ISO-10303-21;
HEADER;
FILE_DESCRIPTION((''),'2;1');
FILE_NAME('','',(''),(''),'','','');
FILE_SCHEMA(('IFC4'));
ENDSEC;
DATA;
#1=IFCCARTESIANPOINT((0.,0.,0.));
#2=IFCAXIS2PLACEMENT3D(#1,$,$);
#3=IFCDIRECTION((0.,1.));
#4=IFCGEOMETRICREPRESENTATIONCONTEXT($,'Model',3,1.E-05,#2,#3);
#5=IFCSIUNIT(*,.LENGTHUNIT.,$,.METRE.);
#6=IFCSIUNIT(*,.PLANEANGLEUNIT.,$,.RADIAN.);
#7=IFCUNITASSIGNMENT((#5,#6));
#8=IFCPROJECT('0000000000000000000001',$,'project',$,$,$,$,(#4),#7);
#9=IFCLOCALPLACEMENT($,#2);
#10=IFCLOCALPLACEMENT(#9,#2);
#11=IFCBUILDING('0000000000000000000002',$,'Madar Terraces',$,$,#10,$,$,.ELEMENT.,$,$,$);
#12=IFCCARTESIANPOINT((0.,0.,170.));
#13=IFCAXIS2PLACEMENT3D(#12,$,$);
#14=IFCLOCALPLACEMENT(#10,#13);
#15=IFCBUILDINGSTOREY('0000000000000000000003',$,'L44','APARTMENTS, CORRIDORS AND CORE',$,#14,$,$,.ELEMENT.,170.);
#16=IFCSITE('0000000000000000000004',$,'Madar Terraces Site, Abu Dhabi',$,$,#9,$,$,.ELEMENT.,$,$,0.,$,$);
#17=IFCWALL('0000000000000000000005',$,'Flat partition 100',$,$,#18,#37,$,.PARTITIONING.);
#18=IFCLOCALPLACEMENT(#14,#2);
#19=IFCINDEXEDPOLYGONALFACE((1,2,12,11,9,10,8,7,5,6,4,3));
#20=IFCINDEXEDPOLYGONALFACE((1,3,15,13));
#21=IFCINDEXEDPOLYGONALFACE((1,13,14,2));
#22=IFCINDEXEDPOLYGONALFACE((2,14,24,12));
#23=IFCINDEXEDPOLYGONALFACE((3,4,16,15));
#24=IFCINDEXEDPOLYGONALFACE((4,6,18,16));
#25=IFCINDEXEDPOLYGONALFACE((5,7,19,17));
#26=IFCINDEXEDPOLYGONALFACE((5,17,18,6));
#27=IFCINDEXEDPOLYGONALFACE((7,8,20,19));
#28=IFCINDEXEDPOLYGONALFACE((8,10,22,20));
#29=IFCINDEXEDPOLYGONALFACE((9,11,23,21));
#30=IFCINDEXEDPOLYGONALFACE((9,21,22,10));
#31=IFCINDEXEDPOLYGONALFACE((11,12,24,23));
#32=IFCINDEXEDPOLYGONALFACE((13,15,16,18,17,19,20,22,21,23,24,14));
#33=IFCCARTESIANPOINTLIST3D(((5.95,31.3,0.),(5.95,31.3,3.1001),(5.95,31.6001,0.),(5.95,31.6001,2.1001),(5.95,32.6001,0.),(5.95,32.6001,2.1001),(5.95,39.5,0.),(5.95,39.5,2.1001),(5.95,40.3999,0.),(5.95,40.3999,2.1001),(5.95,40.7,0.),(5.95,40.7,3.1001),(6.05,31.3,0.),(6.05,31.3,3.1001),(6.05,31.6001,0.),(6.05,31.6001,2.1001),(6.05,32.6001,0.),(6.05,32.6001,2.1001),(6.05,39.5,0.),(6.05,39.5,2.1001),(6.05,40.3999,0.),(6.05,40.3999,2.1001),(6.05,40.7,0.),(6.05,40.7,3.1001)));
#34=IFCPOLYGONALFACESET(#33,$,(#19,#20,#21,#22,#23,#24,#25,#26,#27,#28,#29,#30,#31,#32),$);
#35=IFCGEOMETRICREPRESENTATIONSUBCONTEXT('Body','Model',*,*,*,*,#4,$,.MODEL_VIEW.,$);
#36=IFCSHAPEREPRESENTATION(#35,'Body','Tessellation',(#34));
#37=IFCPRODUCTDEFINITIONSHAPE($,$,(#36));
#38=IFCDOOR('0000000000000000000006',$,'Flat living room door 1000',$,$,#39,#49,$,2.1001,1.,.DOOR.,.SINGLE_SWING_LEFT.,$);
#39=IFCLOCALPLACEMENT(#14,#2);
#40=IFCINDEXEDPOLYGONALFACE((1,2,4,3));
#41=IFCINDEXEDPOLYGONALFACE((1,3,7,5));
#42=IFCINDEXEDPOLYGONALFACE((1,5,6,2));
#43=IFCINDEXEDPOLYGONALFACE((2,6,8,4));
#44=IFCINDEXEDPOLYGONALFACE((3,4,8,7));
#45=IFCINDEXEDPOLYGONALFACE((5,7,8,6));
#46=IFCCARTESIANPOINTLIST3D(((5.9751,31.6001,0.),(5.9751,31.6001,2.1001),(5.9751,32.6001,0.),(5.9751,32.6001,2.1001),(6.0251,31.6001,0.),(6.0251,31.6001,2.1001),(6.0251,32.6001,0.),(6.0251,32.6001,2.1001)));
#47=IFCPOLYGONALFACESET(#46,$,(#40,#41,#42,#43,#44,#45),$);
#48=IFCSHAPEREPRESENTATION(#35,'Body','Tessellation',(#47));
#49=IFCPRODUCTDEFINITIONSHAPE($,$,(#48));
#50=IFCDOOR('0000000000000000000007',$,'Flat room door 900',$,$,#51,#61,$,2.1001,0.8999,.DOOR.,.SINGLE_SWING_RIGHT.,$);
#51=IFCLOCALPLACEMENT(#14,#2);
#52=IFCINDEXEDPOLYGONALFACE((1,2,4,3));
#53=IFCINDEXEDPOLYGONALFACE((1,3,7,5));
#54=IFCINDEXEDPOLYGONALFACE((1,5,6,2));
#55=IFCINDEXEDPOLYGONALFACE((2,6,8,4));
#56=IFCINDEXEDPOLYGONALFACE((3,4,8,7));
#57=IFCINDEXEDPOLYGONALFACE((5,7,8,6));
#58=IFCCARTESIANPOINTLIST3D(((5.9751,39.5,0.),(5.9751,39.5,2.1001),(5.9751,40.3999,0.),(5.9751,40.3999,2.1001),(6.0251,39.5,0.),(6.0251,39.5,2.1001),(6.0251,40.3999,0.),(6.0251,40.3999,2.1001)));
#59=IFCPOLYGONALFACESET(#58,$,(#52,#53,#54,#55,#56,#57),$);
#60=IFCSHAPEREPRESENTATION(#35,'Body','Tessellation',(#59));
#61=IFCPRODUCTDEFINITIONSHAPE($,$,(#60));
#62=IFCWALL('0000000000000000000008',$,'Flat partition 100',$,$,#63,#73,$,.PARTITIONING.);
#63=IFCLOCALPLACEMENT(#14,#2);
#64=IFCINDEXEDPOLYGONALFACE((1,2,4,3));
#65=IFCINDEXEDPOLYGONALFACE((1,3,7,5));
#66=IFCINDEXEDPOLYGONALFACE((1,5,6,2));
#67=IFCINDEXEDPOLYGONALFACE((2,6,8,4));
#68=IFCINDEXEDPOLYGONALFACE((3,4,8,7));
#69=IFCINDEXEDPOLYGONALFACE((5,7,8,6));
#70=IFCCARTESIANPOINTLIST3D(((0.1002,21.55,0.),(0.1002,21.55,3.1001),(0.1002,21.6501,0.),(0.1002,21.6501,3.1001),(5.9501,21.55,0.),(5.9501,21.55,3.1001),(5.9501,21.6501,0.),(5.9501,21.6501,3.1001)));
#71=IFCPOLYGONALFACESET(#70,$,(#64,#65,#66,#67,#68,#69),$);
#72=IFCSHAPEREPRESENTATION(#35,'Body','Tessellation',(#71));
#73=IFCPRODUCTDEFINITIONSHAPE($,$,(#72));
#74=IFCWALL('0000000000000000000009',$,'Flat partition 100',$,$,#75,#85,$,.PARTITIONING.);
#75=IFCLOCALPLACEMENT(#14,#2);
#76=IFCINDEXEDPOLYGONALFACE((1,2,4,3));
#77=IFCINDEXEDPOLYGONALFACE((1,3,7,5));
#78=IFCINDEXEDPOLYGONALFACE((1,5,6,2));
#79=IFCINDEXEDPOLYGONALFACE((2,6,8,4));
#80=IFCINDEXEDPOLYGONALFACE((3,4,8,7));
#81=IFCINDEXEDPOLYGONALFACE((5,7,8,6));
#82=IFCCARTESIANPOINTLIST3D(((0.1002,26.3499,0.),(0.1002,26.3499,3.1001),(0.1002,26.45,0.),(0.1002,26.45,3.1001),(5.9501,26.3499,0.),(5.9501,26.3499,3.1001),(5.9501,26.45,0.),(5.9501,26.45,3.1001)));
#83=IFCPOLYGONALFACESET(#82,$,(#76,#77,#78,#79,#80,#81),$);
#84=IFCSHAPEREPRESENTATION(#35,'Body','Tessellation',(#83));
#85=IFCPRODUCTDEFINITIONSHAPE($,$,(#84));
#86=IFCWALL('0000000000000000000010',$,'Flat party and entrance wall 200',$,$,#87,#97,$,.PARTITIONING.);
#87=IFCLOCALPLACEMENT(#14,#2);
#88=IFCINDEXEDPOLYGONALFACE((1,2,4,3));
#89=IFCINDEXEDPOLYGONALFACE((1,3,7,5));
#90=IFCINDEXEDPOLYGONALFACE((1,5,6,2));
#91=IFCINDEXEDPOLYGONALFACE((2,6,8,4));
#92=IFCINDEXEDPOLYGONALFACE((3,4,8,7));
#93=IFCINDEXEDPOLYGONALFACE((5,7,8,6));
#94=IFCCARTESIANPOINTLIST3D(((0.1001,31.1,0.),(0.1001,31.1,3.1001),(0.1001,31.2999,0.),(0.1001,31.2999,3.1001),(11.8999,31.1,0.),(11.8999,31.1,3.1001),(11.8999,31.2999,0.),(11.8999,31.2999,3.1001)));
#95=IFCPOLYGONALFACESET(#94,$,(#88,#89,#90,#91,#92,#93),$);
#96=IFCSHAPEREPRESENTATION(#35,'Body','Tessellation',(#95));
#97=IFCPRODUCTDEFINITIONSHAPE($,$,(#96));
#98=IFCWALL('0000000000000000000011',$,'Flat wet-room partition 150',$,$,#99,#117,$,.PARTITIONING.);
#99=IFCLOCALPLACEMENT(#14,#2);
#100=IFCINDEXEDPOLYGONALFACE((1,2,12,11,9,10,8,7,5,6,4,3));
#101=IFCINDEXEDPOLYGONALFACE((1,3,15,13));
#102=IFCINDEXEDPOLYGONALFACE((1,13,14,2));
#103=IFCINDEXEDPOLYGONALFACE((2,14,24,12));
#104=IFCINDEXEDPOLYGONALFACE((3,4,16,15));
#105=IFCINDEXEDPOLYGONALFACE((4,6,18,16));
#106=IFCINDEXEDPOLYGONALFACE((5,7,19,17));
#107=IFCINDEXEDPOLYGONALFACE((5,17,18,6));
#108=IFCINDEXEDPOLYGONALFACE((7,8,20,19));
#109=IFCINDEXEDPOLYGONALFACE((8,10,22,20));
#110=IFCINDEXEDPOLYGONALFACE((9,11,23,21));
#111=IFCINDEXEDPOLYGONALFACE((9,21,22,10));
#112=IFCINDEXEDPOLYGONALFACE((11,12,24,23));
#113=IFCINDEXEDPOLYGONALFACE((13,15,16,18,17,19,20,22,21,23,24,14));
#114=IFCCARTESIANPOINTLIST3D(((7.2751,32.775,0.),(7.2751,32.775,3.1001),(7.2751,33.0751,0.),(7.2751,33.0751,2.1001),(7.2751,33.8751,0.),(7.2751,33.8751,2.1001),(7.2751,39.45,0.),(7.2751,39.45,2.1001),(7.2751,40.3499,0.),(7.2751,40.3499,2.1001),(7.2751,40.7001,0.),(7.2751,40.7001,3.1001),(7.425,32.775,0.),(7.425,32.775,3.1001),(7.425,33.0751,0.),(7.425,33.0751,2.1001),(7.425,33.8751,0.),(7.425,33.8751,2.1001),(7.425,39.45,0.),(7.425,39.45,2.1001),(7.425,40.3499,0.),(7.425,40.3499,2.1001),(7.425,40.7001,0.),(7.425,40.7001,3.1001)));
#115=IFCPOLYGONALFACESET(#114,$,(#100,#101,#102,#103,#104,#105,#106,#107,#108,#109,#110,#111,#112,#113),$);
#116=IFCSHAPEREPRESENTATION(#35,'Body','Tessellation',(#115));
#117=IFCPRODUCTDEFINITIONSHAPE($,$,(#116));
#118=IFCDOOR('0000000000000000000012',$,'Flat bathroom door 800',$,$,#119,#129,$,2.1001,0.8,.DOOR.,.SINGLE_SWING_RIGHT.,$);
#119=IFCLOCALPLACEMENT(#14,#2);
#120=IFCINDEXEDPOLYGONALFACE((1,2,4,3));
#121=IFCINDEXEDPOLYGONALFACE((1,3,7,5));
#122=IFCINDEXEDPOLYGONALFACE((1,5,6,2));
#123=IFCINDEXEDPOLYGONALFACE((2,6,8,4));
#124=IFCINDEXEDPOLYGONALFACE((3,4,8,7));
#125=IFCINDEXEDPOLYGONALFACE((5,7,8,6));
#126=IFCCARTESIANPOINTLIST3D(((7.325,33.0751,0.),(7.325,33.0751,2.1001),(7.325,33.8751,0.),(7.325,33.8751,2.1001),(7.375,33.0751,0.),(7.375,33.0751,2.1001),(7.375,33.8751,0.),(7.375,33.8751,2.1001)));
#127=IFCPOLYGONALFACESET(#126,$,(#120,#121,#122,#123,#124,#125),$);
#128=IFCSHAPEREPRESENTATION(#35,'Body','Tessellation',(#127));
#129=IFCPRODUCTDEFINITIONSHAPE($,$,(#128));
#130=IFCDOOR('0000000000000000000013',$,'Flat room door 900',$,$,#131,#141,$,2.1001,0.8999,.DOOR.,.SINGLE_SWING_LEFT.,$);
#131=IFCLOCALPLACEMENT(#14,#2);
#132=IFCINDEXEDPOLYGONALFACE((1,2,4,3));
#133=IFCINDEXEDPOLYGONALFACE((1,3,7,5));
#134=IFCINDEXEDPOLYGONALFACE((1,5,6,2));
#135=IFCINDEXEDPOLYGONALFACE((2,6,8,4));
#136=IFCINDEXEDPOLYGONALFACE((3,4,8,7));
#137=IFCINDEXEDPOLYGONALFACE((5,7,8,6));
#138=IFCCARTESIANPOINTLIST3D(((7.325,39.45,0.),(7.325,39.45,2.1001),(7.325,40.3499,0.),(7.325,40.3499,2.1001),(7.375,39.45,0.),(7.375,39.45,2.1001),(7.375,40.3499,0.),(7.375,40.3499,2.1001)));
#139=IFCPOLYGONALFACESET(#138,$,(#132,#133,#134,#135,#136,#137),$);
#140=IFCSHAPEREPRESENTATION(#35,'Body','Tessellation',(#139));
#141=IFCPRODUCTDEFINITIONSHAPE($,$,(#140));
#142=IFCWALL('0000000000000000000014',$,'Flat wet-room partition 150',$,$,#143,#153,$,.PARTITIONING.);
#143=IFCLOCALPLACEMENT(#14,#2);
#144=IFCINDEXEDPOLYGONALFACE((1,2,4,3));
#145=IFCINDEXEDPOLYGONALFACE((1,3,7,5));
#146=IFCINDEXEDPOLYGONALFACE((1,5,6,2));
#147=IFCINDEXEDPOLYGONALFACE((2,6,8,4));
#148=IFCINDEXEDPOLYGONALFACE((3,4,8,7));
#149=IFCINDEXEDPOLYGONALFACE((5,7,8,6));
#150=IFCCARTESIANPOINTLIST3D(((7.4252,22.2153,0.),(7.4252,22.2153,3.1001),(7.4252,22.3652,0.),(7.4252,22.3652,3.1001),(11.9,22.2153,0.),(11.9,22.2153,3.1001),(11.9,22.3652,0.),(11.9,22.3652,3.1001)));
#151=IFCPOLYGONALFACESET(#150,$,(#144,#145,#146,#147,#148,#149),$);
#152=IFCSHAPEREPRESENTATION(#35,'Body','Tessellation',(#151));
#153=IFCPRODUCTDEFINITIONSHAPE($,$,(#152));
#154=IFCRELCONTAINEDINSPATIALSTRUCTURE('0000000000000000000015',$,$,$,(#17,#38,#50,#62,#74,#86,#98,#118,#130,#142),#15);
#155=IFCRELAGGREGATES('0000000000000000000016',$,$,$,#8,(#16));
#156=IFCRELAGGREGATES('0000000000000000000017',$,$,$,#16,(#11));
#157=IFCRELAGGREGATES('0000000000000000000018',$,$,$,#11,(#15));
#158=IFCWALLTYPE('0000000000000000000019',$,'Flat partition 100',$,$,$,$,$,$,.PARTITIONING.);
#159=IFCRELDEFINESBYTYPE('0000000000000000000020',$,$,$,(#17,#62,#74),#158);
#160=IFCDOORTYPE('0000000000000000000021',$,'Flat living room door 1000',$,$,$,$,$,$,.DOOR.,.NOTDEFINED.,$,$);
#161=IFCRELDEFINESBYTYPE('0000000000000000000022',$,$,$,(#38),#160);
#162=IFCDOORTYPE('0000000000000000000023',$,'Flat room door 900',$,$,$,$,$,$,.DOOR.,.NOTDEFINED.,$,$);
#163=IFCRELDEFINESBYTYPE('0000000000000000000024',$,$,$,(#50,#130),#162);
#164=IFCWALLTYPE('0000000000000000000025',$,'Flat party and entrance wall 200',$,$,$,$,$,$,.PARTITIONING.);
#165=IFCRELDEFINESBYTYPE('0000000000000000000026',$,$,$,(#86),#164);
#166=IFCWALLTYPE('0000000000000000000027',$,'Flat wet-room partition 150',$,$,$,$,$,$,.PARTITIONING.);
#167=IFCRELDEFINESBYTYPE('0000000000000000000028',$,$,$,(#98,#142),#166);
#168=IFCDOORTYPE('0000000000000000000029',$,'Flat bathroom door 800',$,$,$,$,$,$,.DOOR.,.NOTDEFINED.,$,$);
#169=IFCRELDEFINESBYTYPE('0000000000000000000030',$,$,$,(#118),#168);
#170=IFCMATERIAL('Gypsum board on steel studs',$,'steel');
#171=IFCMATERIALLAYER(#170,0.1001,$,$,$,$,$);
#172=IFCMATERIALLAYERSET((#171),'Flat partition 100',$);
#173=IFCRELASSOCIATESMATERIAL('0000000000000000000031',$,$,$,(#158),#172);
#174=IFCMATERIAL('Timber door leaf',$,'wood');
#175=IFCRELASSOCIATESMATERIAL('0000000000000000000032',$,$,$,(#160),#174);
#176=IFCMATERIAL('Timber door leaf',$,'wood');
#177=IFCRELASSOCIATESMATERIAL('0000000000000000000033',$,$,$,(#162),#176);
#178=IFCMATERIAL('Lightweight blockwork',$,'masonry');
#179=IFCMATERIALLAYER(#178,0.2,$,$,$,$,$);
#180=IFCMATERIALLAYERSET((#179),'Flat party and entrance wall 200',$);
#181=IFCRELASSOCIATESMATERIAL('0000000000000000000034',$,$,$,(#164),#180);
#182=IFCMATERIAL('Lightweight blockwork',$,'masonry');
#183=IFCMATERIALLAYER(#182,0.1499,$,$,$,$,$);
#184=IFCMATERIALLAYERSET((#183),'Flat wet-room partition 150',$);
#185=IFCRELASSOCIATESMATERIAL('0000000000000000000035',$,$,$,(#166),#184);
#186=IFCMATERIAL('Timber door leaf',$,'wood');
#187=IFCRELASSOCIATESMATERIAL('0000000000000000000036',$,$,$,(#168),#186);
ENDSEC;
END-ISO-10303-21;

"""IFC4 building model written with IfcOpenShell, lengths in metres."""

from ifc_helpers import new_model, si_unit, direction, frame, frame_2d, origin, place, context, subcontext, project, spatial, rectangle, extrude, material, layer, layer_set, type_object, element, fill, save


model = new_model("IFC4")

# Units and contexts
model_context = context("Model", 3, precision=1e-05, world=origin(), true_north=direction((0.0, 1.0)))
body_context = subcontext(model_context, "Body", "Model", "MODEL_VIEW")
ifc_project = project(units=[si_unit("LENGTHUNIT", "METRE"), si_unit("PLANEANGLEUNIT", "RADIAN")], contexts=[model_context])

# Site, building, storey
site_placement = place(None, origin())
site = spatial("IfcSite", under=ifc_project, at=site_placement, Name="Madar Terraces Site, Abu Dhabi", CompositionType="ELEMENT", RefElevation=0.0)
building_placement = place(site_placement, origin())
building = spatial("IfcBuilding", under=site, at=building_placement, Name="Madar Terraces", CompositionType="ELEMENT")
storey_placement = place(building_placement, frame((0.0, 0.0, 170.0)))
storey = spatial("IfcBuildingStorey", under=building, at=storey_placement, Name="L44", Description="APARTMENTS, CORRIDORS AND CORE", CompositionType="ELEMENT", Elevation=170.0)

# Shared definitions
ifc_material_1 = material(Name="Gypsum board on steel studs", Category="steel")
ifc_layer_1 = layer(ifc_material_1, 0.1001)
ifc_layer_set_1 = layer_set([ifc_layer_1], Name="Flat partition 100")
wall_type_1 = type_object("IfcWallType", Name="Flat partition 100", PredefinedType="PARTITIONING", material=ifc_layer_set_1)

# Wall, openings, doors
wall_1_placement = place(storey_placement, frame((6.0, 31.3, 0.0), z_axis=(0.0, 0.0, 1.0), x_axis=(0.0, 1.0, 0.0)))
wall_1 = element("IfcWall", 1, at=wall_1_placement, inside=storey, type_object=wall_type_1, Name="Flat partition 100", PredefinedType="PARTITIONING", context=body_context, shape_type="SweptSolid", body=[
    extrude(rectangle(XDim=9.3999, YDim=0.1001, at=frame_2d((4.7, 0.0))), origin(), (0.0, 0.0, 1.0), 3.1001),
])
opening_1_placement = place(wall_1_placement, frame((0.3, 0.0, 0.0)))
opening_1 = element("IfcOpeningElement", 2, at=opening_1_placement, cuts=wall_1, PredefinedType="OPENING", context=body_context, shape_type="SweptSolid", body=[
    extrude(rectangle(XDim=1.0, YDim=2.1001, at=frame_2d((0.5, 1.05))), frame((0.0, 0.0601, 0.0), z_axis=(0.0, -1.0, 0.0), x_axis=(1.0, 0.0, 0.0)), (0.0, 0.0, 1.0), 0.1201),
])
opening_2_placement = place(wall_1_placement, frame((8.2, 0.0, 0.0)))
opening_2 = element("IfcOpeningElement", 3, at=opening_2_placement, cuts=wall_1, PredefinedType="OPENING", context=body_context, shape_type="SweptSolid", body=[
    extrude(rectangle(XDim=0.8999, YDim=2.1001, at=frame_2d((0.45, 1.05))), frame((0.0, 0.0601, 0.0), z_axis=(0.0, -1.0, 0.0), x_axis=(1.0, 0.0, 0.0)), (0.0, 0.0, 1.0), 0.1201),
])
ifc_material_2 = material(Name="Timber door leaf", Category="wood")
door_type_1 = type_object("IfcDoorType", Name="Flat living room door 1000", OperationType="NOTDEFINED", PredefinedType="DOOR", material=ifc_material_2)
door_1_placement = place(opening_1_placement, origin())
door_1 = element("IfcDoor", 4, at=door_1_placement, inside=storey, type_object=door_type_1, Name="Flat living room door 1000", OperationType="SINGLE_SWING_LEFT", OverallHeight=2.1001, OverallWidth=1.0, PredefinedType="DOOR", context=body_context, shape_type="SweptSolid", body=[
    extrude(rectangle(XDim=1.0, YDim=2.1001, at=frame_2d((0.5, 1.05))), frame((0.0, 0.0249, 0.0), z_axis=(0.0, -1.0, 0.0), x_axis=(1.0, 0.0, 0.0)), (0.0, 0.0, 1.0), 0.05),
])
fill(opening_1, door_1)
ifc_material_3 = material(Name="Timber door leaf", Category="wood")
door_type_2 = type_object("IfcDoorType", Name="Flat room door 900", OperationType="NOTDEFINED", PredefinedType="DOOR", material=ifc_material_3)
door_2_placement = place(opening_2_placement, origin())
door_2 = element("IfcDoor", 5, at=door_2_placement, inside=storey, type_object=door_type_2, Name="Flat room door 900", OperationType="SINGLE_SWING_RIGHT", OverallHeight=2.1001, OverallWidth=0.8999, PredefinedType="DOOR", context=body_context, shape_type="SweptSolid", body=[
    extrude(rectangle(XDim=0.8999, YDim=2.1001, at=frame_2d((0.45, 1.05))), frame((0.0, 0.0249, 0.0), z_axis=(0.0, -1.0, 0.0), x_axis=(1.0, 0.0, 0.0)), (0.0, 0.0, 1.0), 0.05),
])
fill(opening_2, door_2)

# Walls
for number, where, z_axis, x_axis, name in (
    (6, (5.95, 21.6001, 0.0), (0.0, 0.0, 1.0), (-1.0, 0.0, 0.0), "Flat partition 100"),
    (7, (5.95, 26.3999, 0.0), (0.0, 0.0, 1.0), (-1.0, 0.0, 0.0), "Flat partition 100"),
):
    element("IfcWall", number, at=place(storey_placement, frame(where, z_axis=z_axis, x_axis=x_axis)), inside=storey, type_object=wall_type_1, Name=name, PredefinedType="PARTITIONING", context=body_context, shape_type="SweptSolid", body=[
        extrude(rectangle(XDim=5.8499, YDim=0.1001, at=frame_2d((2.9248, 0.0))), origin(), (0.0, 0.0, 1.0), 3.1001),
    ])
ifc_material_4 = material(Name="Lightweight blockwork", Category="masonry")
ifc_layer_2 = layer(ifc_material_4, 0.2)
ifc_layer_set_2 = layer_set([ifc_layer_2], Name="Flat party and entrance wall 200")
wall_type_2 = type_object("IfcWallType", Name="Flat party and entrance wall 200", PredefinedType="PARTITIONING", material=ifc_layer_set_2)
wall_2_placement = place(storey_placement, frame((0.1001, 31.2, 0.0), z_axis=(0.0, 0.0, 1.0), x_axis=(1.0, 0.0, 0.0)))
element("IfcWall", 8, at=wall_2_placement, inside=storey, type_object=wall_type_2, Name="Flat party and entrance wall 200", PredefinedType="PARTITIONING", context=body_context, shape_type="SweptSolid", body=[
    extrude(rectangle(XDim=11.7998, YDim=0.2, at=frame_2d((5.8999, 0.0))), origin(), (0.0, 0.0, 1.0), 3.1001),
])

# Wall, openings, doors
ifc_material_5 = material(Name="Lightweight blockwork", Category="masonry")
ifc_layer_3 = layer(ifc_material_5, 0.1499)
ifc_layer_set_3 = layer_set([ifc_layer_3], Name="Flat wet-room partition 150")
wall_type_3 = type_object("IfcWallType", Name="Flat wet-room partition 150", PredefinedType="PARTITIONING", material=ifc_layer_set_3)
wall_3_placement = place(storey_placement, frame((7.3501, 40.7, 0.0), z_axis=(0.0, 0.0, 1.0), x_axis=(0.0, -1.0, 0.0)))
wall_3 = element("IfcWall", 9, at=wall_3_placement, inside=storey, type_object=wall_type_3, Name="Flat wet-room partition 150", PredefinedType="PARTITIONING", context=body_context, shape_type="SweptSolid", body=[
    extrude(rectangle(XDim=7.925, YDim=0.1499, at=frame_2d((3.9624, 0.0))), origin(), (0.0, 0.0, 1.0), 3.1001),
])
opening_3_placement = place(wall_3_placement, frame((6.825, 0.0, 0.0)))
opening_3 = element("IfcOpeningElement", 10, at=opening_3_placement, cuts=wall_3, PredefinedType="OPENING", context=body_context, shape_type="SweptSolid", body=[
    extrude(rectangle(XDim=0.8, YDim=2.1001, at=frame_2d((0.3999, 1.05))), frame((0.0, 0.085, 0.0), z_axis=(0.0, -1.0, 0.0), x_axis=(1.0, 0.0, 0.0)), (0.0, 0.0, 1.0), 0.1699),
])
opening_4_placement = place(wall_3_placement, frame((0.3501, 0.0, 0.0)))
opening_4 = element("IfcOpeningElement", 11, at=opening_4_placement, cuts=wall_3, PredefinedType="OPENING", context=body_context, shape_type="SweptSolid", body=[
    extrude(rectangle(XDim=0.8999, YDim=2.1001, at=frame_2d((0.45, 1.05))), frame((0.0, 0.085, 0.0), z_axis=(0.0, -1.0, 0.0), x_axis=(1.0, 0.0, 0.0)), (0.0, 0.0, 1.0), 0.1699),
])
ifc_material_6 = material(Name="Timber door leaf", Category="wood")
door_type_3 = type_object("IfcDoorType", Name="Flat bathroom door 800", OperationType="NOTDEFINED", PredefinedType="DOOR", material=ifc_material_6)
door_3_placement = place(opening_3_placement, origin())
door_3 = element("IfcDoor", 12, at=door_3_placement, inside=storey, type_object=door_type_3, Name="Flat bathroom door 800", OperationType="SINGLE_SWING_RIGHT", OverallHeight=2.1001, OverallWidth=0.8, PredefinedType="DOOR", context=body_context, shape_type="SweptSolid", body=[
    extrude(rectangle(XDim=0.8, YDim=2.1001, at=frame_2d((0.3999, 1.05))), frame((0.0, 0.0249, 0.0), z_axis=(0.0, -1.0, 0.0), x_axis=(1.0, 0.0, 0.0)), (0.0, 0.0, 1.0), 0.05),
])
fill(opening_3, door_3)
door_4_placement = place(opening_4_placement, origin())
door_4 = element("IfcDoor", 13, at=door_4_placement, inside=storey, type_object=door_type_2, Name="Flat room door 900", OperationType="SINGLE_SWING_LEFT", OverallHeight=2.1001, OverallWidth=0.8999, PredefinedType="DOOR", context=body_context, shape_type="SweptSolid", body=[
    extrude(rectangle(XDim=0.8999, YDim=2.1001, at=frame_2d((0.45, 1.05))), frame((0.0, 0.0249, 0.0), z_axis=(0.0, -1.0, 0.0), x_axis=(1.0, 0.0, 0.0)), (0.0, 0.0, 1.0), 0.05),
])
fill(opening_4, door_4)

# Wall
wall_4_placement = place(storey_placement, frame((11.8999, 22.2903, 0.0), z_axis=(0.0, 0.0, 1.0), x_axis=(-1.0, 0.0, 0.0)))
element("IfcWall", 14, at=wall_4_placement, inside=storey, type_object=wall_type_3, Name="Flat wet-room partition 150", PredefinedType="PARTITIONING", context=body_context, shape_type="SweptSolid", body=[
    extrude(rectangle(XDim=4.4749, YDim=0.1499, at=frame_2d((2.2373, 0.0))), origin(), (0.0, 0.0, 1.0), 3.1001),
])

save(model, "model.ifc")
